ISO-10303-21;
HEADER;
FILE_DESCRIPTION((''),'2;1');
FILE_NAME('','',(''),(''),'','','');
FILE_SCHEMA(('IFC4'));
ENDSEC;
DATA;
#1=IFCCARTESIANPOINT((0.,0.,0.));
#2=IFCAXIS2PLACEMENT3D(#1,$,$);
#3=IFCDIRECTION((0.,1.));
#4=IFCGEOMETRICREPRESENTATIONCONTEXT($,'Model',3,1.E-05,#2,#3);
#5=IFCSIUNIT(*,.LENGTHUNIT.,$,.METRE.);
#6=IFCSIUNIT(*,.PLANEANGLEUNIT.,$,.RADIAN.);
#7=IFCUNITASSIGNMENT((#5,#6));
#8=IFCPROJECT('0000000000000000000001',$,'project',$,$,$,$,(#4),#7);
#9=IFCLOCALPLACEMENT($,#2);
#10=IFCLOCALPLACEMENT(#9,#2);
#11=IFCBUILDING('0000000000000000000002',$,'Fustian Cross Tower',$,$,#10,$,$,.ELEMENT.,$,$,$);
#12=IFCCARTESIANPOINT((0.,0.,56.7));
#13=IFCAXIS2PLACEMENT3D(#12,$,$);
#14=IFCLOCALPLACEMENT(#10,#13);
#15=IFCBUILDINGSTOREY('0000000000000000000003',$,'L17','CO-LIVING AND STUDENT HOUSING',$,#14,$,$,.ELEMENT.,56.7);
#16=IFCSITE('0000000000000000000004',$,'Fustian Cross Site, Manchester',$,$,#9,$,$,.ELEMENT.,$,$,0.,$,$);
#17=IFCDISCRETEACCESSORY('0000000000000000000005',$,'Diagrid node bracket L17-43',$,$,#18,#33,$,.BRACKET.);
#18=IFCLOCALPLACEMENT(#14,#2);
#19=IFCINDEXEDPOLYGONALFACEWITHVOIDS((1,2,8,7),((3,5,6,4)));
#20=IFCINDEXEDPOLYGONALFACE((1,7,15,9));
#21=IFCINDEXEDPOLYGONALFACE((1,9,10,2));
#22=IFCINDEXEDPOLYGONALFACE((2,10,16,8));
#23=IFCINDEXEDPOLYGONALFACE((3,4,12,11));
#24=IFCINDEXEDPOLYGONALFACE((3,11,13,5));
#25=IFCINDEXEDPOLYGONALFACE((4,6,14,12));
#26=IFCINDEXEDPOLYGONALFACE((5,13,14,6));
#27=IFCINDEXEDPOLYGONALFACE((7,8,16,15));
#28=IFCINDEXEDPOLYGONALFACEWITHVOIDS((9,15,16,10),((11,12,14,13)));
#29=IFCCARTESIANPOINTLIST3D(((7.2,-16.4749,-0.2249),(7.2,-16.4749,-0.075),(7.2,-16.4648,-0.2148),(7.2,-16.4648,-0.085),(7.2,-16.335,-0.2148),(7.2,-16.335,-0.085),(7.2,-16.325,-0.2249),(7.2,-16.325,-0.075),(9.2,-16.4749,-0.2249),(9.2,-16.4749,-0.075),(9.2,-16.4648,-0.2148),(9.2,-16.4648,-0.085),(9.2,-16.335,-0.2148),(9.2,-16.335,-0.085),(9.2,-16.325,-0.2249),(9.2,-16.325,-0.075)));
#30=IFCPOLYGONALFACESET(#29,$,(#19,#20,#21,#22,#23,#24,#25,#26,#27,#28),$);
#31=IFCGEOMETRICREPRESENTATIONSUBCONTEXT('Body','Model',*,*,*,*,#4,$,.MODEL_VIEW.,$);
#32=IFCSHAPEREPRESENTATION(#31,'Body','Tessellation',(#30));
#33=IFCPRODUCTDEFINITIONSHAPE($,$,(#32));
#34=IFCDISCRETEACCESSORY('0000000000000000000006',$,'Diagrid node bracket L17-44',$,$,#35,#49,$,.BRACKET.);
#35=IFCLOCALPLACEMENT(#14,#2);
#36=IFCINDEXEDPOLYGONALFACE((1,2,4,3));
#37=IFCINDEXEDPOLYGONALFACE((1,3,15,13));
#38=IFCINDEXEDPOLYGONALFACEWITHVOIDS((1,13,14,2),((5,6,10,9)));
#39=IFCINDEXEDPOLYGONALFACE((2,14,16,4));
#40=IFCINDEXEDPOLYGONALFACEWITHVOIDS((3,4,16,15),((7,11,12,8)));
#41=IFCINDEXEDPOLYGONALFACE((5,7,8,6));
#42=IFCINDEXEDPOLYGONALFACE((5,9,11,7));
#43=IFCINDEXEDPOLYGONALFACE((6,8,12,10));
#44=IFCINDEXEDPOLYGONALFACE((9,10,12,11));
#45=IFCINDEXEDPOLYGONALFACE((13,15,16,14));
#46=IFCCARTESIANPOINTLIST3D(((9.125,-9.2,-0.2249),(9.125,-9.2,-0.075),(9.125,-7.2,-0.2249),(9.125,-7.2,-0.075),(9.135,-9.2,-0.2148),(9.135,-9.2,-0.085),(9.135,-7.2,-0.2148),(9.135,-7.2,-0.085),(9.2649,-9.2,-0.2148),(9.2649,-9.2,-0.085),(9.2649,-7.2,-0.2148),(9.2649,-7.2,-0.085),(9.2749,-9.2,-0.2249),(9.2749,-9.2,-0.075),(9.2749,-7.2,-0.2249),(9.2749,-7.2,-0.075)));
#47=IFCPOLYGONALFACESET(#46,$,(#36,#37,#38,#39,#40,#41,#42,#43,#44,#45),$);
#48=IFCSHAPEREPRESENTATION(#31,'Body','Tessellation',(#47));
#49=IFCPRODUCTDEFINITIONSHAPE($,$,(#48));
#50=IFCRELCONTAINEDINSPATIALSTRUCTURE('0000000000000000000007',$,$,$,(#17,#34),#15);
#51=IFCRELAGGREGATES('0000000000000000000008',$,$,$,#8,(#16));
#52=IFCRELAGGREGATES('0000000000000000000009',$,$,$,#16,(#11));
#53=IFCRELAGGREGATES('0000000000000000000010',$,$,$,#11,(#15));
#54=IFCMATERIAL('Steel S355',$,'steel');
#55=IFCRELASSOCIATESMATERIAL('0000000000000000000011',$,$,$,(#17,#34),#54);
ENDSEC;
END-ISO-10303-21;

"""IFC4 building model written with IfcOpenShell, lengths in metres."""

from ifc_helpers import new_model, si_unit, direction, frame, origin, origin_2d, place, context, subcontext, project, spatial, hollow_rectangle, extrude, material, element, save


model = new_model("IFC4")

# Units and contexts
model_context = context("Model", 3, precision=1e-05, world=origin(), true_north=direction((0.0, 1.0)))
body_context = subcontext(model_context, "Body", "Model", "MODEL_VIEW")
ifc_project = project(units=[si_unit("LENGTHUNIT", "METRE"), si_unit("PLANEANGLEUNIT", "RADIAN")], contexts=[model_context])

# Site, building, storey
site_placement = place(None, origin())
site = spatial("IfcSite", under=ifc_project, at=site_placement, Name="Fustian Cross Site, Manchester", CompositionType="ELEMENT", RefElevation=0.0)
building_placement = place(site_placement, origin())
building = spatial("IfcBuilding", under=site, at=building_placement, Name="Fustian Cross Tower", CompositionType="ELEMENT")
storey_placement = place(building_placement, frame((0.0, 0.0, 56.7)))
storey = spatial("IfcBuildingStorey", under=building, at=storey_placement, Name="L17", Description="CO-LIVING AND STUDENT HOUSING", CompositionType="ELEMENT", Elevation=56.7)

# Discrete accessories
ifc_material_1 = material(Name="Steel S355", Category="steel")
for number, where, z_axis, x_axis, name in (
    (1, (9.2, -16.3999, -0.1499), (-1.0, 0.0, 0.0), (0.0, -1.0, 0.0), "Diagrid node bracket L17-43"),
    (2, (9.2, -9.2, -0.1499), (0.0, 1.0, 0.0), (-1.0, 0.0, 0.0), "Diagrid node bracket L17-44"),
):
    element("IfcDiscreteAccessory", number, at=place(storey_placement, frame(where, z_axis=z_axis, x_axis=x_axis)), inside=storey, material=ifc_material_1, Name=name, PredefinedType="BRACKET", context=body_context, shape_type="SweptSolid", body=[
        extrude(hollow_rectangle(XDim=0.1499, YDim=0.1499, WallThickness=0.01, at=origin_2d()), origin(), (0.0, 0.0, 1.0), 2.0),
    ])

save(model, "model.ifc")
